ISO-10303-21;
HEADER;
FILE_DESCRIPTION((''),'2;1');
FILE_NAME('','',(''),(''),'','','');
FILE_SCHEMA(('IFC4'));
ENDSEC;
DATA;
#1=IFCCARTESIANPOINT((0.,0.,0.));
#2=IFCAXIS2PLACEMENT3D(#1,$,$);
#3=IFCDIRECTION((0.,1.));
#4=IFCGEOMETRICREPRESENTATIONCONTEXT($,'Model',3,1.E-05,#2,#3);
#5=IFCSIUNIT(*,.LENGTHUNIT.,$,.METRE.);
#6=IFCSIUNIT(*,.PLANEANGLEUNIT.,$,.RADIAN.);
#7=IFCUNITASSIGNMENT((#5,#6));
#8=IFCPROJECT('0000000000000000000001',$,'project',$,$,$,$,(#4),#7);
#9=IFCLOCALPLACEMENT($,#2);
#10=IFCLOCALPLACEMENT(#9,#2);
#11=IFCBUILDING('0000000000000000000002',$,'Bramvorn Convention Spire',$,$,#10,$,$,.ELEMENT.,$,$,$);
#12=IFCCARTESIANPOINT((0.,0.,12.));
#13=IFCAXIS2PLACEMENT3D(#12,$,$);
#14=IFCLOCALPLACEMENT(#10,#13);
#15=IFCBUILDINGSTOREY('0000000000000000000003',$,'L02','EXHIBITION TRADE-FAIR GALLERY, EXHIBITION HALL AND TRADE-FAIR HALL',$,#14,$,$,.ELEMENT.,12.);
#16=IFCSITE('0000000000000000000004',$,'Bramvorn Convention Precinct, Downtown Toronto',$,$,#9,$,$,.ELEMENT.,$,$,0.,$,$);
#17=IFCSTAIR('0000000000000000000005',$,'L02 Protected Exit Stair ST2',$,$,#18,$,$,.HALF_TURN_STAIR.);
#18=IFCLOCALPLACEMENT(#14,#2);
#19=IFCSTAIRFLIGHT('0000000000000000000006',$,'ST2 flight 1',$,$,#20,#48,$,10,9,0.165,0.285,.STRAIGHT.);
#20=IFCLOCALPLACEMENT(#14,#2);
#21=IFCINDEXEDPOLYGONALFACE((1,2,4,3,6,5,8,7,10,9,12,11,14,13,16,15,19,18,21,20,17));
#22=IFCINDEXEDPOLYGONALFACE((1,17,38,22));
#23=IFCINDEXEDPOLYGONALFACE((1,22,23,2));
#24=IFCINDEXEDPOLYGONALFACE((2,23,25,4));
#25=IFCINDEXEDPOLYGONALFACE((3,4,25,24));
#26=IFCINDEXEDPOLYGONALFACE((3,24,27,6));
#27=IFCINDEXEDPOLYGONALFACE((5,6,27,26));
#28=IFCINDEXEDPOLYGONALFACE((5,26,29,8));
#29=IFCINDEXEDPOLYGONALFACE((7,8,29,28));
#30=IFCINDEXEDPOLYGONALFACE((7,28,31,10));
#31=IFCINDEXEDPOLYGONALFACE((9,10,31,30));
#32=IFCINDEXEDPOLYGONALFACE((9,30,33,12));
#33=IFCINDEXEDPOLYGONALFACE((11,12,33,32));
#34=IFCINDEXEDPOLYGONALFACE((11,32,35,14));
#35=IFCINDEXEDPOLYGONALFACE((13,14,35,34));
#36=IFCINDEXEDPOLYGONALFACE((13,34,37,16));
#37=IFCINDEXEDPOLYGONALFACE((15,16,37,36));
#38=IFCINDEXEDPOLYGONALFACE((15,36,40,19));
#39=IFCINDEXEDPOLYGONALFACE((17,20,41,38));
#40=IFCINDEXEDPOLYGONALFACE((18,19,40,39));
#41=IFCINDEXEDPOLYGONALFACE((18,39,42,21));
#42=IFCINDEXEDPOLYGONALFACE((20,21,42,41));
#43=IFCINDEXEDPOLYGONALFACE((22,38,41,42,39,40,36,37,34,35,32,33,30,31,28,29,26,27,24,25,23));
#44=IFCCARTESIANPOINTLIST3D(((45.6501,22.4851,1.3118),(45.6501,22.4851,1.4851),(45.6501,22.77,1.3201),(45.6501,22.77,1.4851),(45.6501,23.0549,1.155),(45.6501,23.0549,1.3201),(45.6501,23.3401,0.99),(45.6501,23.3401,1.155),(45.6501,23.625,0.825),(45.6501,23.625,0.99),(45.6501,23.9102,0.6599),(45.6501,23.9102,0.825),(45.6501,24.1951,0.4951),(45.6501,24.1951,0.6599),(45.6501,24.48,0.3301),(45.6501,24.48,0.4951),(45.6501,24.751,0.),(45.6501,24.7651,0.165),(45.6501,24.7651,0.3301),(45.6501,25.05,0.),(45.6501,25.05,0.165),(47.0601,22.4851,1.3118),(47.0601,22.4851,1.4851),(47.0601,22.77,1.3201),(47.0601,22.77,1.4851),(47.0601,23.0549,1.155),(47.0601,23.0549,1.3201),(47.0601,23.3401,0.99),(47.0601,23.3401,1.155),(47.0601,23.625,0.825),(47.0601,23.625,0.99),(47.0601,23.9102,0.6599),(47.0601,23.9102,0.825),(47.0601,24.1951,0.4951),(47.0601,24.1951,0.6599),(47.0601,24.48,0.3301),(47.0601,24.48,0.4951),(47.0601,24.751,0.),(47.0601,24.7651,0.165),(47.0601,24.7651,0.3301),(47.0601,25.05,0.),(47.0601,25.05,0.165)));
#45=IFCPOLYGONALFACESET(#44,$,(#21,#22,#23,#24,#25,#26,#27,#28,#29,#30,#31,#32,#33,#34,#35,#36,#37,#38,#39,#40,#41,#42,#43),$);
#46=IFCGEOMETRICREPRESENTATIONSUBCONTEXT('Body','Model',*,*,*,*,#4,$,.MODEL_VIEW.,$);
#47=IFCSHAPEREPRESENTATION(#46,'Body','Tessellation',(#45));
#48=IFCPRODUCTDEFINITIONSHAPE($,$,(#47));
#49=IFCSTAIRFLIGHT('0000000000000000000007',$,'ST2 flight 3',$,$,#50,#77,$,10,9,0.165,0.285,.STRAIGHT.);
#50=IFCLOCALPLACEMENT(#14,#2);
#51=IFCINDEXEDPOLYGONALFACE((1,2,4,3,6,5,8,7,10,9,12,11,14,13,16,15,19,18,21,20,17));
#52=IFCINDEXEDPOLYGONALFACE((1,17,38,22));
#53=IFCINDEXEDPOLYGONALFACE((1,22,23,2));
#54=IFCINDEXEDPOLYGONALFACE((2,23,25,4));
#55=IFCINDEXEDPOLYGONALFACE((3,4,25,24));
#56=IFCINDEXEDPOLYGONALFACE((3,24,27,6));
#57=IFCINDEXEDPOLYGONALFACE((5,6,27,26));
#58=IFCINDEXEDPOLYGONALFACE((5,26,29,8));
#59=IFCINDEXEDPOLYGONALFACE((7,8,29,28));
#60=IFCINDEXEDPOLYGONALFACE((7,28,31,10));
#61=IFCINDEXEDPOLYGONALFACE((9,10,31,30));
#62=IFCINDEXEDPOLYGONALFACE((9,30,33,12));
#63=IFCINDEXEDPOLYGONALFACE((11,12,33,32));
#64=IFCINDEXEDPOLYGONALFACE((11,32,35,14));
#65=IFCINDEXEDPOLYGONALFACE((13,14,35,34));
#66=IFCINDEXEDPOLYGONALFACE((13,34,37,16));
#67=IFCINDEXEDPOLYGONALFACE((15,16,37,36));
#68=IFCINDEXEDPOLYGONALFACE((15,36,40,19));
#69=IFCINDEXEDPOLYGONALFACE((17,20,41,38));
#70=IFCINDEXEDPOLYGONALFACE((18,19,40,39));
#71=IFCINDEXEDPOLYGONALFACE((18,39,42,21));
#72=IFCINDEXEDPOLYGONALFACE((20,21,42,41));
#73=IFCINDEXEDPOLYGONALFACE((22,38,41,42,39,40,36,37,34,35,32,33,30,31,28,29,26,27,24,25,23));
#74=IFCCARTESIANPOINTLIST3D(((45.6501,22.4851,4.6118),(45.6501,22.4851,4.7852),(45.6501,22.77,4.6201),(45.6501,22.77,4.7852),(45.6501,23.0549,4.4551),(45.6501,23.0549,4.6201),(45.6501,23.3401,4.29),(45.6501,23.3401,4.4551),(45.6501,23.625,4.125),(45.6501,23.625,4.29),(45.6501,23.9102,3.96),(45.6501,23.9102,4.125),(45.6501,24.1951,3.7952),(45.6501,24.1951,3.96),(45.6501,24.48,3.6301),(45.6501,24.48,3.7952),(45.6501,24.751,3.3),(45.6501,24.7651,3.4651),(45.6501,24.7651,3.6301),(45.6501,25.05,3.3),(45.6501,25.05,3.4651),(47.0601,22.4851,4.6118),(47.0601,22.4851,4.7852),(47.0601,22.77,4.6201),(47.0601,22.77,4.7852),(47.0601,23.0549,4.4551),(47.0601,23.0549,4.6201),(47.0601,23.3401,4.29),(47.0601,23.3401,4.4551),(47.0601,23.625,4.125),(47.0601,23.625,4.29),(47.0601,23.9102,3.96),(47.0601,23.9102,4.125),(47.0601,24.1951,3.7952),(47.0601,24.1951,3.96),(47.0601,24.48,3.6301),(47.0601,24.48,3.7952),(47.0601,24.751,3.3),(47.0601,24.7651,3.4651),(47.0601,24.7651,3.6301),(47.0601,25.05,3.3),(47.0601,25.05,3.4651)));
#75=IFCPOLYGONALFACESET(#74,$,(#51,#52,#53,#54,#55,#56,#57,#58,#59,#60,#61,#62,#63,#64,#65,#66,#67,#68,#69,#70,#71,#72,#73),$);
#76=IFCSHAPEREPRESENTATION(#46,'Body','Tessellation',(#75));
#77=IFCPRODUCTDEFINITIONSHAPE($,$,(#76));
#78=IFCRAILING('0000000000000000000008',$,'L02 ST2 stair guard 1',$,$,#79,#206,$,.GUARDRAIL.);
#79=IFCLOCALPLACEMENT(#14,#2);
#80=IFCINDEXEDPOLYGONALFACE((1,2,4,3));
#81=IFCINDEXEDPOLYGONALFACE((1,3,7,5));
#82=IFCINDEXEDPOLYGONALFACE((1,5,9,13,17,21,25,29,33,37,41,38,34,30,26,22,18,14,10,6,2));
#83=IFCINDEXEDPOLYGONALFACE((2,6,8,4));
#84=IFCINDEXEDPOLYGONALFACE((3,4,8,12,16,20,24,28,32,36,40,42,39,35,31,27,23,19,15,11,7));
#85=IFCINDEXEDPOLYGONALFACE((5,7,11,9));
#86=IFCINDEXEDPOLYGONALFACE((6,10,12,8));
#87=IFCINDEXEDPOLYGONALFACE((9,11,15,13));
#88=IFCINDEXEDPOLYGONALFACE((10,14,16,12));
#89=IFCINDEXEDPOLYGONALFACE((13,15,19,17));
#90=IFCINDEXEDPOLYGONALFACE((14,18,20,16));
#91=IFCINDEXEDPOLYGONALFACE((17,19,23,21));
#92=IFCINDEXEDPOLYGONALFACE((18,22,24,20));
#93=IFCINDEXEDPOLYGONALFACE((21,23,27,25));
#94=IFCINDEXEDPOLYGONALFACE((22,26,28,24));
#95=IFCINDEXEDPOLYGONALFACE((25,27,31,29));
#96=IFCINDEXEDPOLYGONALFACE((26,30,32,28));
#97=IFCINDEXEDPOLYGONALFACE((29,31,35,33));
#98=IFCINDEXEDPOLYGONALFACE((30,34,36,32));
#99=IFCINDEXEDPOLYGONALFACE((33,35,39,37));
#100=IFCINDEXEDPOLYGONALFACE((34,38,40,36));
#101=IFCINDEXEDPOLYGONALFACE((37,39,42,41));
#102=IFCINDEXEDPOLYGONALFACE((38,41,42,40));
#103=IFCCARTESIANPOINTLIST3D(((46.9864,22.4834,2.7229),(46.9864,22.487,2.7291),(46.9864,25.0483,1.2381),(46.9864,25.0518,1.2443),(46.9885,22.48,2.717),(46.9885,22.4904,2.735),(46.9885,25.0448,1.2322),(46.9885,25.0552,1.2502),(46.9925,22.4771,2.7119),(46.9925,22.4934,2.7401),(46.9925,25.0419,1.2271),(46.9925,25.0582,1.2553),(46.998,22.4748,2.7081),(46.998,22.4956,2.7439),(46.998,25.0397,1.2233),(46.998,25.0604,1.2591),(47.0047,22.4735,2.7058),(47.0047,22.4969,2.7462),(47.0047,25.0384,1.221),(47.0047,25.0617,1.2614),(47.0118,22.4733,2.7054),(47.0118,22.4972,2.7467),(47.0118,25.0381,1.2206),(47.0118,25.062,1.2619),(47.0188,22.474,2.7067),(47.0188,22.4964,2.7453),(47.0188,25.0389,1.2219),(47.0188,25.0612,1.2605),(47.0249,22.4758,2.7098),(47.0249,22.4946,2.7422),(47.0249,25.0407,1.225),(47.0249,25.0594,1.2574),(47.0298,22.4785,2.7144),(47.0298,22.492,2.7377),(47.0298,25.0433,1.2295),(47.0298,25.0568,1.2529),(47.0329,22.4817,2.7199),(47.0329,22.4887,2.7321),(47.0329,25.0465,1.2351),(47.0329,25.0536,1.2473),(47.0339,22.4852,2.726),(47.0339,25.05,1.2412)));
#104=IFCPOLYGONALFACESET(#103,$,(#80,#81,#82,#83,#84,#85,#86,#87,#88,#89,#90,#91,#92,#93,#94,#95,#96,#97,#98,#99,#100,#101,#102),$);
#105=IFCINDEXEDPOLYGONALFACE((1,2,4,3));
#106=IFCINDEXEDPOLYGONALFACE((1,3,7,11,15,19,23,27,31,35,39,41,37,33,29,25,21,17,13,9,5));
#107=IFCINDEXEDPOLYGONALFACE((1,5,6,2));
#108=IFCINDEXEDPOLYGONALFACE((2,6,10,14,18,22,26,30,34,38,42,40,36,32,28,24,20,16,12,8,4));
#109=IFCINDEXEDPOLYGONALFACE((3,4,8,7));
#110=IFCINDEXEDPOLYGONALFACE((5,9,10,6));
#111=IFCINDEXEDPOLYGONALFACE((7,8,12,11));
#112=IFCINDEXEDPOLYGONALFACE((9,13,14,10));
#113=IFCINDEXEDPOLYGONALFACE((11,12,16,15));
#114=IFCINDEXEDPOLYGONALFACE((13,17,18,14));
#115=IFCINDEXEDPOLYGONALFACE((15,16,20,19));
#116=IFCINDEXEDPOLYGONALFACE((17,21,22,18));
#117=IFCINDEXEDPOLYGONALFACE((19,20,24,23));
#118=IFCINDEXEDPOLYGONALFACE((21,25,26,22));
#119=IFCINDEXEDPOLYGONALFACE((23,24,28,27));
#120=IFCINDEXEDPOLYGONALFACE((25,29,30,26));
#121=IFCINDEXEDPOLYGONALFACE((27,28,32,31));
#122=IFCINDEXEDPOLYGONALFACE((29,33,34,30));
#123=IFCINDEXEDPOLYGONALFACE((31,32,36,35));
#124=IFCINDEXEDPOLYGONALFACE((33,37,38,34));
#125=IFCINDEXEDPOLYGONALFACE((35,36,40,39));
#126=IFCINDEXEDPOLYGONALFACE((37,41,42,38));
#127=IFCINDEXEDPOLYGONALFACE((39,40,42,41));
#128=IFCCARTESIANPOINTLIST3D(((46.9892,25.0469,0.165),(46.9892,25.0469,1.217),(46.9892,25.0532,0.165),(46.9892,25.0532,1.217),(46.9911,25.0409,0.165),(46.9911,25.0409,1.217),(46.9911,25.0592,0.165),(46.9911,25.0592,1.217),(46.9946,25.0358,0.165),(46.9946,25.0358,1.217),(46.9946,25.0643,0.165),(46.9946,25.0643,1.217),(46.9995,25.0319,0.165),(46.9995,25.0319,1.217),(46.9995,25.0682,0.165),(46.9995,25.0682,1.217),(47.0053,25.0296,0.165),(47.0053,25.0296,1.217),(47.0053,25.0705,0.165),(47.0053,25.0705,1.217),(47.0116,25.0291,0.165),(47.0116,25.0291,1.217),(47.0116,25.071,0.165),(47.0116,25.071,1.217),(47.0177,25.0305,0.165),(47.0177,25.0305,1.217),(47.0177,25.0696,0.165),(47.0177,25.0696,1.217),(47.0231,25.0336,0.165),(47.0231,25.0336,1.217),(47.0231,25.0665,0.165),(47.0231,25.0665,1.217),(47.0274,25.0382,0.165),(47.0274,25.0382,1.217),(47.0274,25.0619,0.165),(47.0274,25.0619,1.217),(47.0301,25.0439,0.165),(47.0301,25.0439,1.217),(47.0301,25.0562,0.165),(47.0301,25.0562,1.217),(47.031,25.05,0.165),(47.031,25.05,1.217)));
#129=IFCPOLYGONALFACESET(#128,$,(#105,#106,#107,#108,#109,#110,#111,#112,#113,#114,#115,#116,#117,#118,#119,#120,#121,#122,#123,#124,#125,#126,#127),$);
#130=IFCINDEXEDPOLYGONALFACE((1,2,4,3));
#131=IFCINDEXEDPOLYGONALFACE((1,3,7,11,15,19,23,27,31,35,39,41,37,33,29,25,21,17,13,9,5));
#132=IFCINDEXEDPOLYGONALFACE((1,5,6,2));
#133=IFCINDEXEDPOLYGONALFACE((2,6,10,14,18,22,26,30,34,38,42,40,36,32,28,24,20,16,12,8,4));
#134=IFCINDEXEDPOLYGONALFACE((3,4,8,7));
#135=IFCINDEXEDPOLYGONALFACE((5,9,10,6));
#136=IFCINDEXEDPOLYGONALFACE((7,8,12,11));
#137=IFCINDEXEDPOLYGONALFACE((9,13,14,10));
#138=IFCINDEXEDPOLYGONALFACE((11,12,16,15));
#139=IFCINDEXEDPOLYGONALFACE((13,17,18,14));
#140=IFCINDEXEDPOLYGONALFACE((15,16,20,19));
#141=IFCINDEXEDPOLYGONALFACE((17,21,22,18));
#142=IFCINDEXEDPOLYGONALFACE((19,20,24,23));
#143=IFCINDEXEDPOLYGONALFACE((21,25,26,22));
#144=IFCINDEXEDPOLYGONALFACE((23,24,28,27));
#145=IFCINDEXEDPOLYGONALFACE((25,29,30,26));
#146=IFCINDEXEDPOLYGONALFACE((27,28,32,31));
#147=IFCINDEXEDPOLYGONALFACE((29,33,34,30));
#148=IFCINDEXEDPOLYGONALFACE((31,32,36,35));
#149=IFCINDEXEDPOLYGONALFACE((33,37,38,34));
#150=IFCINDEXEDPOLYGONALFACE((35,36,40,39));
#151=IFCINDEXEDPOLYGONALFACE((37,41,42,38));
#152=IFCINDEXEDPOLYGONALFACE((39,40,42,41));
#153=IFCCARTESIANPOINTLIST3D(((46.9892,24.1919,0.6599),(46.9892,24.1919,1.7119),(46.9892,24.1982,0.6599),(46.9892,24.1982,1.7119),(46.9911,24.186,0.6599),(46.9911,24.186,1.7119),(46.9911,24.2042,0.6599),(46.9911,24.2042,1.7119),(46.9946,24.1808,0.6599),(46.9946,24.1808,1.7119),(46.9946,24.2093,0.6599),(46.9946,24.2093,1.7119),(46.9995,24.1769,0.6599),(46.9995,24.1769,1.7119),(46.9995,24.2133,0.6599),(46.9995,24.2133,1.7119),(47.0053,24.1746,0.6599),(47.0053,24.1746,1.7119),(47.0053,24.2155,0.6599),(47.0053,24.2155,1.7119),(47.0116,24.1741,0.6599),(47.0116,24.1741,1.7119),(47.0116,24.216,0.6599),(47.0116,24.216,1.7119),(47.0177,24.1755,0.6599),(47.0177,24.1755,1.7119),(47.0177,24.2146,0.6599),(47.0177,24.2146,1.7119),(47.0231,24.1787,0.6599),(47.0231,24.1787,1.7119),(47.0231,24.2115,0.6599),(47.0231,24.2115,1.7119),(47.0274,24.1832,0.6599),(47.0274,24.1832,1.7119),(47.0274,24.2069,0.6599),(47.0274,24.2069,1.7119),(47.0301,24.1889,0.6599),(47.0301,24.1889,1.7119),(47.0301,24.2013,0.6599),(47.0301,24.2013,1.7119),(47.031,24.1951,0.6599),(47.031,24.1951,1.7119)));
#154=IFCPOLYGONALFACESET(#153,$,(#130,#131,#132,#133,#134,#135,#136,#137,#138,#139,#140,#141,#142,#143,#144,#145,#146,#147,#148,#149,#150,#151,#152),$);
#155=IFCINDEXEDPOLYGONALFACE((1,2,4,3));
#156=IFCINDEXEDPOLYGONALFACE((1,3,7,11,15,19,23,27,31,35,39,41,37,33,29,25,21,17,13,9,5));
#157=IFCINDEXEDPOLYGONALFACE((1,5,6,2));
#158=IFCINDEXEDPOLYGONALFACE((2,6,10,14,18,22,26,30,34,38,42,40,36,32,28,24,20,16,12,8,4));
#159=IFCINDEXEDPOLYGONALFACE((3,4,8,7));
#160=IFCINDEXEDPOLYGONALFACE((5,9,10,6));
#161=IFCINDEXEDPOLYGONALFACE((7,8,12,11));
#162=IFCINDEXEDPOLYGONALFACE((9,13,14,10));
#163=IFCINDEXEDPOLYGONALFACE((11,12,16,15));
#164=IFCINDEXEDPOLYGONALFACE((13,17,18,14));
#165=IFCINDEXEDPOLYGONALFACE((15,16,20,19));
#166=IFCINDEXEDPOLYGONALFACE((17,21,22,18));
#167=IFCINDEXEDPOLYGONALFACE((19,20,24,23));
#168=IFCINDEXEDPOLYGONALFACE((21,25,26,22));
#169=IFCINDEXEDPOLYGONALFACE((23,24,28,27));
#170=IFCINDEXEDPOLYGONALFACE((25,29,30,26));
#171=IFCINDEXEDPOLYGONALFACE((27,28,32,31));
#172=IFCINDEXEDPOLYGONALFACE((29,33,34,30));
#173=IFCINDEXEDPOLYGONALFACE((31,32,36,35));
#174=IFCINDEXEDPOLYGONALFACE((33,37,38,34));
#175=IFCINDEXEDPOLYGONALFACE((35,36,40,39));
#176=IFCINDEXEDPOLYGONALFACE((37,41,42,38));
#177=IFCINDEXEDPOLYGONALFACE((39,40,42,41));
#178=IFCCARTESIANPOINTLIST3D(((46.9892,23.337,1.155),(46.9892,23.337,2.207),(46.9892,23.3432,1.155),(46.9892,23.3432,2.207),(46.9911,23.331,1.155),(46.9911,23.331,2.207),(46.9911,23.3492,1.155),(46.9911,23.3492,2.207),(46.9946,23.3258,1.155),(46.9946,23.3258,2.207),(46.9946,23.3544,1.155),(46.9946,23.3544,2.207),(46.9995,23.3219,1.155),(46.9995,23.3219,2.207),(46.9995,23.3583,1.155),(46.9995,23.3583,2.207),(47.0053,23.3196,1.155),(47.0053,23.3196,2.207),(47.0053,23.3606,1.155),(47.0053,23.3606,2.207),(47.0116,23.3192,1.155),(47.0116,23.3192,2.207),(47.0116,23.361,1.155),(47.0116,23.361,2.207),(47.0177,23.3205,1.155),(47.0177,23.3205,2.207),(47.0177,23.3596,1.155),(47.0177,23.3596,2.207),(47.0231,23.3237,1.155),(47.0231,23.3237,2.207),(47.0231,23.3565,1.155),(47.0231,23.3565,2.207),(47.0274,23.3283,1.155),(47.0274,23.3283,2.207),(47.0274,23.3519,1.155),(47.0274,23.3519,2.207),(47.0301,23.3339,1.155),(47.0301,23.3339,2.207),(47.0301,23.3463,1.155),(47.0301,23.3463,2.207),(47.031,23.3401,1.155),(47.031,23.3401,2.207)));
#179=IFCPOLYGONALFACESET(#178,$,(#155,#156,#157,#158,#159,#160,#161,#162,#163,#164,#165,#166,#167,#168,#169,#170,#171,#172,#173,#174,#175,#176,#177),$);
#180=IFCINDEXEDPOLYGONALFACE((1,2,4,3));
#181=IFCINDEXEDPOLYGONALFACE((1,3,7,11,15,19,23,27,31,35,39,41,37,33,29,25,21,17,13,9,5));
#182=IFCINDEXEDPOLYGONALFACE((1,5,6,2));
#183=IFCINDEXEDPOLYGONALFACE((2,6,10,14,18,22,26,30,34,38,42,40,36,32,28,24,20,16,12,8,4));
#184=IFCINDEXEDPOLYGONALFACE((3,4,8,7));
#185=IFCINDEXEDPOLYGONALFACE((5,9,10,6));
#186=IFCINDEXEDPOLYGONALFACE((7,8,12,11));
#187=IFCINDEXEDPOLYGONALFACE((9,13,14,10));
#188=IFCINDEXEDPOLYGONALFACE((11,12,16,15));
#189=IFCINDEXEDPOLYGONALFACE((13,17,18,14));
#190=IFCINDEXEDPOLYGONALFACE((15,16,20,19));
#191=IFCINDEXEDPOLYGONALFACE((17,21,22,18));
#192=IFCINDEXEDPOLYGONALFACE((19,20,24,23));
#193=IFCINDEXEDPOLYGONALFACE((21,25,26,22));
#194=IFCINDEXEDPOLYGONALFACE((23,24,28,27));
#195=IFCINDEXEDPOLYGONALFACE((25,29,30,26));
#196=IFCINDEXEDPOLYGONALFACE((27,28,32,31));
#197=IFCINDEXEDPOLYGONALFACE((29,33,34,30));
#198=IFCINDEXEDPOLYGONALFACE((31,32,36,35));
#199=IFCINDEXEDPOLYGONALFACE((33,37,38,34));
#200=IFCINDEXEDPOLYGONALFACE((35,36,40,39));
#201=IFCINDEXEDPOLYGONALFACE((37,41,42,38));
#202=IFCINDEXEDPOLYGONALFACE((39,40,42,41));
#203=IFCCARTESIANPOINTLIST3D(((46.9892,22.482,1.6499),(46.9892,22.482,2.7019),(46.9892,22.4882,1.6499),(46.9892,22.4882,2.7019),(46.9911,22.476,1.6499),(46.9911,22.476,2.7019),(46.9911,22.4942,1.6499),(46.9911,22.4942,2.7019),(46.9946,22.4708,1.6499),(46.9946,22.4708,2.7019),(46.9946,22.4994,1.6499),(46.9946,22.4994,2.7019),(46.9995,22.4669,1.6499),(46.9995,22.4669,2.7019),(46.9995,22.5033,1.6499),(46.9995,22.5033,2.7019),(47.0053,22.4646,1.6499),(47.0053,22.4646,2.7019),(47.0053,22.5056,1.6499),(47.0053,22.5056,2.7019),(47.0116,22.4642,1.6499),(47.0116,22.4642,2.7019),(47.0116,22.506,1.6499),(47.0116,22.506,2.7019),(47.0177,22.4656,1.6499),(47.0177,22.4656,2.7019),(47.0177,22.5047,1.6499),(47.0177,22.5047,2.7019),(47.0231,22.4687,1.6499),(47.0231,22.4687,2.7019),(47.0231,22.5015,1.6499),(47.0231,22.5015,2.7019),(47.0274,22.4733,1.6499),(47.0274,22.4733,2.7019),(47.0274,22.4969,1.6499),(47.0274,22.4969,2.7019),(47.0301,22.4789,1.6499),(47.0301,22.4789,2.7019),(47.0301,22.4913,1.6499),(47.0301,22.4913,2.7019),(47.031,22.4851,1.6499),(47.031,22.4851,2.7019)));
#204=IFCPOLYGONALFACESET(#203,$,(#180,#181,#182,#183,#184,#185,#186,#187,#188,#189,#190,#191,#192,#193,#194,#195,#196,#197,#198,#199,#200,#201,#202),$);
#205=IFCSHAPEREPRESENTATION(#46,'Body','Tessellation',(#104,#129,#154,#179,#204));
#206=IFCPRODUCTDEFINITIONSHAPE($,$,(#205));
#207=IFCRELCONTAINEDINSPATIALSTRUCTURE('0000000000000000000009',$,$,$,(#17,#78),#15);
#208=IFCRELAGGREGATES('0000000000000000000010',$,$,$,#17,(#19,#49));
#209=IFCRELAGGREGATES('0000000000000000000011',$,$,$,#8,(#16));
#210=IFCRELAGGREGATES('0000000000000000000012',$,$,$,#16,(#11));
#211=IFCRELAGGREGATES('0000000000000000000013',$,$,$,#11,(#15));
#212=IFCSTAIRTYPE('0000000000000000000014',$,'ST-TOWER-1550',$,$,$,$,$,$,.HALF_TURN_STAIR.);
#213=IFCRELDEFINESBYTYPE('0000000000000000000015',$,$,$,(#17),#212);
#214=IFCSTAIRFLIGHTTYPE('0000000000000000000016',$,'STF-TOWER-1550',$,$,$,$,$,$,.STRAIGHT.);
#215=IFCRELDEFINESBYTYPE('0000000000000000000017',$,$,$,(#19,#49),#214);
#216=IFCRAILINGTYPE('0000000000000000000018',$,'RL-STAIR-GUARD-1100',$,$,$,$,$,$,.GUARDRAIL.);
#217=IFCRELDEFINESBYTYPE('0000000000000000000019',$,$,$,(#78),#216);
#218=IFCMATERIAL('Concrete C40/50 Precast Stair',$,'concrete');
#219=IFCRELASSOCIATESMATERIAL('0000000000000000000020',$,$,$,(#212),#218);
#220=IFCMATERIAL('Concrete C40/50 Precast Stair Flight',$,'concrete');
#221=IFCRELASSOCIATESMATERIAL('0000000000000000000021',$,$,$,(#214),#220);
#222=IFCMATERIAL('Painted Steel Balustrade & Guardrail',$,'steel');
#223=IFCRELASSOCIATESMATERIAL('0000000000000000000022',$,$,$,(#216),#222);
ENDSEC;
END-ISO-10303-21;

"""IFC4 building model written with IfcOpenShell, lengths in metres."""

from ifc_helpers import new_model, si_unit, direction, frame, origin, origin_2d, place, context, subcontext, project, spatial, polyline, circle, outline, extrude, material, type_object, element, aggregate, save


model = new_model("IFC4")

# Units and contexts
model_context = context("Model", 3, precision=1e-05, world=origin(), true_north=direction((0.0, 1.0)))
body_context = subcontext(model_context, "Body", "Model", "MODEL_VIEW")
ifc_project = project(units=[si_unit("LENGTHUNIT", "METRE"), si_unit("PLANEANGLEUNIT", "RADIAN")], contexts=[model_context])

# Site, building, storey
site_placement = place(None, origin())
site = spatial("IfcSite", under=ifc_project, at=site_placement, Name="Bramvorn Convention Precinct, Downtown Toronto", CompositionType="ELEMENT", RefElevation=0.0)
building_placement = place(site_placement, origin())
building = spatial("IfcBuilding", under=site, at=building_placement, Name="Bramvorn Convention Spire", CompositionType="ELEMENT")
storey_placement = place(building_placement, frame((0.0, 0.0, 12.0)))
storey = spatial("IfcBuildingStorey", under=building, at=storey_placement, Name="L02", Description="EXHIBITION TRADE-FAIR GALLERY, EXHIBITION HALL AND TRADE-FAIR HALL", CompositionType="ELEMENT", Elevation=12.0)

# Stair, stair flights
ifc_material_1 = material(Name="Concrete C40/50 Precast Stair", Category="concrete")
stair_type = type_object("IfcStairType", Name="ST-TOWER-1550", PredefinedType="HALF_TURN_STAIR", material=ifc_material_1)
stair_placement = place(storey_placement, origin())
stair = element("IfcStair", 1, at=stair_placement, inside=storey, type_object=stair_type, Name="L02 Protected Exit Stair ST2", PredefinedType="HALF_TURN_STAIR")
ifc_material_2 = material(Name="Concrete C40/50 Precast Stair Flight", Category="concrete")
stair_flight_type = type_object("IfcStairFlightType", Name="STF-TOWER-1550", PredefinedType="STRAIGHT", material=ifc_material_2)
stair_flight_1_placement = place(storey_placement, frame((46.355, 25.05, 0.0), z_axis=(0.0, 0.0, 1.0), x_axis=(0.0, -1.0, 0.0)))
stair_flight_1 = element("IfcStairFlight", 2, at=stair_flight_1_placement, type_object=stair_flight_type, Name="ST2 flight 1", NumberOfRisers=10, NumberOfTreads=9, PredefinedType="STRAIGHT", RiserHeight=0.165, TreadLength=0.285, context=body_context, shape_type="SweptSolid", body=[
    extrude(outline(polyline([(0.0, 0.0), (0.0, 0.165), (0.2849, 0.165), (0.2849, 0.3301), (0.5701, 0.3301), (0.5701, 0.4951), (0.855, 0.4951), (0.855, 0.6599), (1.1399, 0.6599), (1.1399, 0.825), (1.425, 0.825), (1.425, 0.99), (1.71, 0.99), (1.71, 1.155), (1.9951, 1.155), (1.9951, 1.3201), (2.28, 1.3201), (2.28, 1.4851), (2.5649, 1.4851), (2.5649, 1.6499), (2.5649, 1.3118), (0.2991, 0.0), (0.0, 0.0)])), frame((0.0, 0.7051, 0.0), z_axis=(0.0, -1.0, 0.0), x_axis=(1.0, 0.0, 0.0)), (0.0, 0.0, 1.0), 1.4099),
])
stair_flight_2_placement = place(storey_placement, frame((46.355, 25.05, 3.3), z_axis=(0.0, 0.0, 1.0), x_axis=(0.0, -1.0, 0.0)))
stair_flight_2 = element("IfcStairFlight", 3, at=stair_flight_2_placement, type_object=stair_flight_type, Name="ST2 flight 3", NumberOfRisers=10, NumberOfTreads=9, PredefinedType="STRAIGHT", RiserHeight=0.165, TreadLength=0.285, context=body_context, shape_type="SweptSolid", body=[
    extrude(outline(polyline([(0.0, 0.0), (0.0, 0.165), (0.2849, 0.165), (0.2849, 0.3301), (0.5701, 0.3301), (0.5701, 0.4951), (0.855, 0.4951), (0.855, 0.6599), (1.1399, 0.6599), (1.1399, 0.825), (1.425, 0.825), (1.425, 0.99), (1.71, 0.99), (1.71, 1.155), (1.9951, 1.155), (1.9951, 1.3201), (2.28, 1.3201), (2.28, 1.4851), (2.5649, 1.4851), (2.5649, 1.6499), (2.5649, 1.3118), (0.2991, 0.0), (0.0, 0.0)])), frame((0.0, 0.7051, 0.0), z_axis=(0.0, -1.0, 0.0), x_axis=(1.0, 0.0, 0.0)), (0.0, 0.0, 1.0), 1.4099),
])
aggregate(stair, [stair_flight_1, stair_flight_2])

# Railing
ifc_material_3 = material(Name="Painted Steel Balustrade & Guardrail", Category="steel")
railing_type_1 = type_object("IfcRailingType", Name="RL-STAIR-GUARD-1100", PredefinedType="GUARDRAIL", material=ifc_material_3)
railing_1_placement = place(storey_placement, frame((47.01, 25.05, 0.165)))
element("IfcRailing", 4, at=railing_1_placement, inside=storey, type_object=railing_type_1, Name="L02 ST2 stair guard 1", PredefinedType="GUARDRAIL", context=body_context, shape_type="SweptSolid", body=[
    extrude(circle(Radius=0.0239, at=origin_2d()), frame((0.0, 0.0, 1.0762), z_axis=(0.0, -0.865441, 0.50101), x_axis=(1.0, 0.0, 0.0)), (0.0, 0.0, 1.0), 2.9636),
    extrude(circle(Radius=0.021, at=origin_2d()), origin(), (0.0, 0.0, 1.0), 1.052),
    extrude(circle(Radius=0.021, at=origin_2d()), frame((0.0, -0.855, 0.4949)), (0.0, 0.0, 1.0), 1.052),
    extrude(circle(Radius=0.021, at=origin_2d()), frame((0.0, -1.71, 0.99)), (0.0, 0.0, 1.0), 1.052),
    extrude(circle(Radius=0.021, at=origin_2d()), frame((0.0, -2.5649, 1.4849)), (0.0, 0.0, 1.0), 1.052),
])

save(model, "model.ifc")
